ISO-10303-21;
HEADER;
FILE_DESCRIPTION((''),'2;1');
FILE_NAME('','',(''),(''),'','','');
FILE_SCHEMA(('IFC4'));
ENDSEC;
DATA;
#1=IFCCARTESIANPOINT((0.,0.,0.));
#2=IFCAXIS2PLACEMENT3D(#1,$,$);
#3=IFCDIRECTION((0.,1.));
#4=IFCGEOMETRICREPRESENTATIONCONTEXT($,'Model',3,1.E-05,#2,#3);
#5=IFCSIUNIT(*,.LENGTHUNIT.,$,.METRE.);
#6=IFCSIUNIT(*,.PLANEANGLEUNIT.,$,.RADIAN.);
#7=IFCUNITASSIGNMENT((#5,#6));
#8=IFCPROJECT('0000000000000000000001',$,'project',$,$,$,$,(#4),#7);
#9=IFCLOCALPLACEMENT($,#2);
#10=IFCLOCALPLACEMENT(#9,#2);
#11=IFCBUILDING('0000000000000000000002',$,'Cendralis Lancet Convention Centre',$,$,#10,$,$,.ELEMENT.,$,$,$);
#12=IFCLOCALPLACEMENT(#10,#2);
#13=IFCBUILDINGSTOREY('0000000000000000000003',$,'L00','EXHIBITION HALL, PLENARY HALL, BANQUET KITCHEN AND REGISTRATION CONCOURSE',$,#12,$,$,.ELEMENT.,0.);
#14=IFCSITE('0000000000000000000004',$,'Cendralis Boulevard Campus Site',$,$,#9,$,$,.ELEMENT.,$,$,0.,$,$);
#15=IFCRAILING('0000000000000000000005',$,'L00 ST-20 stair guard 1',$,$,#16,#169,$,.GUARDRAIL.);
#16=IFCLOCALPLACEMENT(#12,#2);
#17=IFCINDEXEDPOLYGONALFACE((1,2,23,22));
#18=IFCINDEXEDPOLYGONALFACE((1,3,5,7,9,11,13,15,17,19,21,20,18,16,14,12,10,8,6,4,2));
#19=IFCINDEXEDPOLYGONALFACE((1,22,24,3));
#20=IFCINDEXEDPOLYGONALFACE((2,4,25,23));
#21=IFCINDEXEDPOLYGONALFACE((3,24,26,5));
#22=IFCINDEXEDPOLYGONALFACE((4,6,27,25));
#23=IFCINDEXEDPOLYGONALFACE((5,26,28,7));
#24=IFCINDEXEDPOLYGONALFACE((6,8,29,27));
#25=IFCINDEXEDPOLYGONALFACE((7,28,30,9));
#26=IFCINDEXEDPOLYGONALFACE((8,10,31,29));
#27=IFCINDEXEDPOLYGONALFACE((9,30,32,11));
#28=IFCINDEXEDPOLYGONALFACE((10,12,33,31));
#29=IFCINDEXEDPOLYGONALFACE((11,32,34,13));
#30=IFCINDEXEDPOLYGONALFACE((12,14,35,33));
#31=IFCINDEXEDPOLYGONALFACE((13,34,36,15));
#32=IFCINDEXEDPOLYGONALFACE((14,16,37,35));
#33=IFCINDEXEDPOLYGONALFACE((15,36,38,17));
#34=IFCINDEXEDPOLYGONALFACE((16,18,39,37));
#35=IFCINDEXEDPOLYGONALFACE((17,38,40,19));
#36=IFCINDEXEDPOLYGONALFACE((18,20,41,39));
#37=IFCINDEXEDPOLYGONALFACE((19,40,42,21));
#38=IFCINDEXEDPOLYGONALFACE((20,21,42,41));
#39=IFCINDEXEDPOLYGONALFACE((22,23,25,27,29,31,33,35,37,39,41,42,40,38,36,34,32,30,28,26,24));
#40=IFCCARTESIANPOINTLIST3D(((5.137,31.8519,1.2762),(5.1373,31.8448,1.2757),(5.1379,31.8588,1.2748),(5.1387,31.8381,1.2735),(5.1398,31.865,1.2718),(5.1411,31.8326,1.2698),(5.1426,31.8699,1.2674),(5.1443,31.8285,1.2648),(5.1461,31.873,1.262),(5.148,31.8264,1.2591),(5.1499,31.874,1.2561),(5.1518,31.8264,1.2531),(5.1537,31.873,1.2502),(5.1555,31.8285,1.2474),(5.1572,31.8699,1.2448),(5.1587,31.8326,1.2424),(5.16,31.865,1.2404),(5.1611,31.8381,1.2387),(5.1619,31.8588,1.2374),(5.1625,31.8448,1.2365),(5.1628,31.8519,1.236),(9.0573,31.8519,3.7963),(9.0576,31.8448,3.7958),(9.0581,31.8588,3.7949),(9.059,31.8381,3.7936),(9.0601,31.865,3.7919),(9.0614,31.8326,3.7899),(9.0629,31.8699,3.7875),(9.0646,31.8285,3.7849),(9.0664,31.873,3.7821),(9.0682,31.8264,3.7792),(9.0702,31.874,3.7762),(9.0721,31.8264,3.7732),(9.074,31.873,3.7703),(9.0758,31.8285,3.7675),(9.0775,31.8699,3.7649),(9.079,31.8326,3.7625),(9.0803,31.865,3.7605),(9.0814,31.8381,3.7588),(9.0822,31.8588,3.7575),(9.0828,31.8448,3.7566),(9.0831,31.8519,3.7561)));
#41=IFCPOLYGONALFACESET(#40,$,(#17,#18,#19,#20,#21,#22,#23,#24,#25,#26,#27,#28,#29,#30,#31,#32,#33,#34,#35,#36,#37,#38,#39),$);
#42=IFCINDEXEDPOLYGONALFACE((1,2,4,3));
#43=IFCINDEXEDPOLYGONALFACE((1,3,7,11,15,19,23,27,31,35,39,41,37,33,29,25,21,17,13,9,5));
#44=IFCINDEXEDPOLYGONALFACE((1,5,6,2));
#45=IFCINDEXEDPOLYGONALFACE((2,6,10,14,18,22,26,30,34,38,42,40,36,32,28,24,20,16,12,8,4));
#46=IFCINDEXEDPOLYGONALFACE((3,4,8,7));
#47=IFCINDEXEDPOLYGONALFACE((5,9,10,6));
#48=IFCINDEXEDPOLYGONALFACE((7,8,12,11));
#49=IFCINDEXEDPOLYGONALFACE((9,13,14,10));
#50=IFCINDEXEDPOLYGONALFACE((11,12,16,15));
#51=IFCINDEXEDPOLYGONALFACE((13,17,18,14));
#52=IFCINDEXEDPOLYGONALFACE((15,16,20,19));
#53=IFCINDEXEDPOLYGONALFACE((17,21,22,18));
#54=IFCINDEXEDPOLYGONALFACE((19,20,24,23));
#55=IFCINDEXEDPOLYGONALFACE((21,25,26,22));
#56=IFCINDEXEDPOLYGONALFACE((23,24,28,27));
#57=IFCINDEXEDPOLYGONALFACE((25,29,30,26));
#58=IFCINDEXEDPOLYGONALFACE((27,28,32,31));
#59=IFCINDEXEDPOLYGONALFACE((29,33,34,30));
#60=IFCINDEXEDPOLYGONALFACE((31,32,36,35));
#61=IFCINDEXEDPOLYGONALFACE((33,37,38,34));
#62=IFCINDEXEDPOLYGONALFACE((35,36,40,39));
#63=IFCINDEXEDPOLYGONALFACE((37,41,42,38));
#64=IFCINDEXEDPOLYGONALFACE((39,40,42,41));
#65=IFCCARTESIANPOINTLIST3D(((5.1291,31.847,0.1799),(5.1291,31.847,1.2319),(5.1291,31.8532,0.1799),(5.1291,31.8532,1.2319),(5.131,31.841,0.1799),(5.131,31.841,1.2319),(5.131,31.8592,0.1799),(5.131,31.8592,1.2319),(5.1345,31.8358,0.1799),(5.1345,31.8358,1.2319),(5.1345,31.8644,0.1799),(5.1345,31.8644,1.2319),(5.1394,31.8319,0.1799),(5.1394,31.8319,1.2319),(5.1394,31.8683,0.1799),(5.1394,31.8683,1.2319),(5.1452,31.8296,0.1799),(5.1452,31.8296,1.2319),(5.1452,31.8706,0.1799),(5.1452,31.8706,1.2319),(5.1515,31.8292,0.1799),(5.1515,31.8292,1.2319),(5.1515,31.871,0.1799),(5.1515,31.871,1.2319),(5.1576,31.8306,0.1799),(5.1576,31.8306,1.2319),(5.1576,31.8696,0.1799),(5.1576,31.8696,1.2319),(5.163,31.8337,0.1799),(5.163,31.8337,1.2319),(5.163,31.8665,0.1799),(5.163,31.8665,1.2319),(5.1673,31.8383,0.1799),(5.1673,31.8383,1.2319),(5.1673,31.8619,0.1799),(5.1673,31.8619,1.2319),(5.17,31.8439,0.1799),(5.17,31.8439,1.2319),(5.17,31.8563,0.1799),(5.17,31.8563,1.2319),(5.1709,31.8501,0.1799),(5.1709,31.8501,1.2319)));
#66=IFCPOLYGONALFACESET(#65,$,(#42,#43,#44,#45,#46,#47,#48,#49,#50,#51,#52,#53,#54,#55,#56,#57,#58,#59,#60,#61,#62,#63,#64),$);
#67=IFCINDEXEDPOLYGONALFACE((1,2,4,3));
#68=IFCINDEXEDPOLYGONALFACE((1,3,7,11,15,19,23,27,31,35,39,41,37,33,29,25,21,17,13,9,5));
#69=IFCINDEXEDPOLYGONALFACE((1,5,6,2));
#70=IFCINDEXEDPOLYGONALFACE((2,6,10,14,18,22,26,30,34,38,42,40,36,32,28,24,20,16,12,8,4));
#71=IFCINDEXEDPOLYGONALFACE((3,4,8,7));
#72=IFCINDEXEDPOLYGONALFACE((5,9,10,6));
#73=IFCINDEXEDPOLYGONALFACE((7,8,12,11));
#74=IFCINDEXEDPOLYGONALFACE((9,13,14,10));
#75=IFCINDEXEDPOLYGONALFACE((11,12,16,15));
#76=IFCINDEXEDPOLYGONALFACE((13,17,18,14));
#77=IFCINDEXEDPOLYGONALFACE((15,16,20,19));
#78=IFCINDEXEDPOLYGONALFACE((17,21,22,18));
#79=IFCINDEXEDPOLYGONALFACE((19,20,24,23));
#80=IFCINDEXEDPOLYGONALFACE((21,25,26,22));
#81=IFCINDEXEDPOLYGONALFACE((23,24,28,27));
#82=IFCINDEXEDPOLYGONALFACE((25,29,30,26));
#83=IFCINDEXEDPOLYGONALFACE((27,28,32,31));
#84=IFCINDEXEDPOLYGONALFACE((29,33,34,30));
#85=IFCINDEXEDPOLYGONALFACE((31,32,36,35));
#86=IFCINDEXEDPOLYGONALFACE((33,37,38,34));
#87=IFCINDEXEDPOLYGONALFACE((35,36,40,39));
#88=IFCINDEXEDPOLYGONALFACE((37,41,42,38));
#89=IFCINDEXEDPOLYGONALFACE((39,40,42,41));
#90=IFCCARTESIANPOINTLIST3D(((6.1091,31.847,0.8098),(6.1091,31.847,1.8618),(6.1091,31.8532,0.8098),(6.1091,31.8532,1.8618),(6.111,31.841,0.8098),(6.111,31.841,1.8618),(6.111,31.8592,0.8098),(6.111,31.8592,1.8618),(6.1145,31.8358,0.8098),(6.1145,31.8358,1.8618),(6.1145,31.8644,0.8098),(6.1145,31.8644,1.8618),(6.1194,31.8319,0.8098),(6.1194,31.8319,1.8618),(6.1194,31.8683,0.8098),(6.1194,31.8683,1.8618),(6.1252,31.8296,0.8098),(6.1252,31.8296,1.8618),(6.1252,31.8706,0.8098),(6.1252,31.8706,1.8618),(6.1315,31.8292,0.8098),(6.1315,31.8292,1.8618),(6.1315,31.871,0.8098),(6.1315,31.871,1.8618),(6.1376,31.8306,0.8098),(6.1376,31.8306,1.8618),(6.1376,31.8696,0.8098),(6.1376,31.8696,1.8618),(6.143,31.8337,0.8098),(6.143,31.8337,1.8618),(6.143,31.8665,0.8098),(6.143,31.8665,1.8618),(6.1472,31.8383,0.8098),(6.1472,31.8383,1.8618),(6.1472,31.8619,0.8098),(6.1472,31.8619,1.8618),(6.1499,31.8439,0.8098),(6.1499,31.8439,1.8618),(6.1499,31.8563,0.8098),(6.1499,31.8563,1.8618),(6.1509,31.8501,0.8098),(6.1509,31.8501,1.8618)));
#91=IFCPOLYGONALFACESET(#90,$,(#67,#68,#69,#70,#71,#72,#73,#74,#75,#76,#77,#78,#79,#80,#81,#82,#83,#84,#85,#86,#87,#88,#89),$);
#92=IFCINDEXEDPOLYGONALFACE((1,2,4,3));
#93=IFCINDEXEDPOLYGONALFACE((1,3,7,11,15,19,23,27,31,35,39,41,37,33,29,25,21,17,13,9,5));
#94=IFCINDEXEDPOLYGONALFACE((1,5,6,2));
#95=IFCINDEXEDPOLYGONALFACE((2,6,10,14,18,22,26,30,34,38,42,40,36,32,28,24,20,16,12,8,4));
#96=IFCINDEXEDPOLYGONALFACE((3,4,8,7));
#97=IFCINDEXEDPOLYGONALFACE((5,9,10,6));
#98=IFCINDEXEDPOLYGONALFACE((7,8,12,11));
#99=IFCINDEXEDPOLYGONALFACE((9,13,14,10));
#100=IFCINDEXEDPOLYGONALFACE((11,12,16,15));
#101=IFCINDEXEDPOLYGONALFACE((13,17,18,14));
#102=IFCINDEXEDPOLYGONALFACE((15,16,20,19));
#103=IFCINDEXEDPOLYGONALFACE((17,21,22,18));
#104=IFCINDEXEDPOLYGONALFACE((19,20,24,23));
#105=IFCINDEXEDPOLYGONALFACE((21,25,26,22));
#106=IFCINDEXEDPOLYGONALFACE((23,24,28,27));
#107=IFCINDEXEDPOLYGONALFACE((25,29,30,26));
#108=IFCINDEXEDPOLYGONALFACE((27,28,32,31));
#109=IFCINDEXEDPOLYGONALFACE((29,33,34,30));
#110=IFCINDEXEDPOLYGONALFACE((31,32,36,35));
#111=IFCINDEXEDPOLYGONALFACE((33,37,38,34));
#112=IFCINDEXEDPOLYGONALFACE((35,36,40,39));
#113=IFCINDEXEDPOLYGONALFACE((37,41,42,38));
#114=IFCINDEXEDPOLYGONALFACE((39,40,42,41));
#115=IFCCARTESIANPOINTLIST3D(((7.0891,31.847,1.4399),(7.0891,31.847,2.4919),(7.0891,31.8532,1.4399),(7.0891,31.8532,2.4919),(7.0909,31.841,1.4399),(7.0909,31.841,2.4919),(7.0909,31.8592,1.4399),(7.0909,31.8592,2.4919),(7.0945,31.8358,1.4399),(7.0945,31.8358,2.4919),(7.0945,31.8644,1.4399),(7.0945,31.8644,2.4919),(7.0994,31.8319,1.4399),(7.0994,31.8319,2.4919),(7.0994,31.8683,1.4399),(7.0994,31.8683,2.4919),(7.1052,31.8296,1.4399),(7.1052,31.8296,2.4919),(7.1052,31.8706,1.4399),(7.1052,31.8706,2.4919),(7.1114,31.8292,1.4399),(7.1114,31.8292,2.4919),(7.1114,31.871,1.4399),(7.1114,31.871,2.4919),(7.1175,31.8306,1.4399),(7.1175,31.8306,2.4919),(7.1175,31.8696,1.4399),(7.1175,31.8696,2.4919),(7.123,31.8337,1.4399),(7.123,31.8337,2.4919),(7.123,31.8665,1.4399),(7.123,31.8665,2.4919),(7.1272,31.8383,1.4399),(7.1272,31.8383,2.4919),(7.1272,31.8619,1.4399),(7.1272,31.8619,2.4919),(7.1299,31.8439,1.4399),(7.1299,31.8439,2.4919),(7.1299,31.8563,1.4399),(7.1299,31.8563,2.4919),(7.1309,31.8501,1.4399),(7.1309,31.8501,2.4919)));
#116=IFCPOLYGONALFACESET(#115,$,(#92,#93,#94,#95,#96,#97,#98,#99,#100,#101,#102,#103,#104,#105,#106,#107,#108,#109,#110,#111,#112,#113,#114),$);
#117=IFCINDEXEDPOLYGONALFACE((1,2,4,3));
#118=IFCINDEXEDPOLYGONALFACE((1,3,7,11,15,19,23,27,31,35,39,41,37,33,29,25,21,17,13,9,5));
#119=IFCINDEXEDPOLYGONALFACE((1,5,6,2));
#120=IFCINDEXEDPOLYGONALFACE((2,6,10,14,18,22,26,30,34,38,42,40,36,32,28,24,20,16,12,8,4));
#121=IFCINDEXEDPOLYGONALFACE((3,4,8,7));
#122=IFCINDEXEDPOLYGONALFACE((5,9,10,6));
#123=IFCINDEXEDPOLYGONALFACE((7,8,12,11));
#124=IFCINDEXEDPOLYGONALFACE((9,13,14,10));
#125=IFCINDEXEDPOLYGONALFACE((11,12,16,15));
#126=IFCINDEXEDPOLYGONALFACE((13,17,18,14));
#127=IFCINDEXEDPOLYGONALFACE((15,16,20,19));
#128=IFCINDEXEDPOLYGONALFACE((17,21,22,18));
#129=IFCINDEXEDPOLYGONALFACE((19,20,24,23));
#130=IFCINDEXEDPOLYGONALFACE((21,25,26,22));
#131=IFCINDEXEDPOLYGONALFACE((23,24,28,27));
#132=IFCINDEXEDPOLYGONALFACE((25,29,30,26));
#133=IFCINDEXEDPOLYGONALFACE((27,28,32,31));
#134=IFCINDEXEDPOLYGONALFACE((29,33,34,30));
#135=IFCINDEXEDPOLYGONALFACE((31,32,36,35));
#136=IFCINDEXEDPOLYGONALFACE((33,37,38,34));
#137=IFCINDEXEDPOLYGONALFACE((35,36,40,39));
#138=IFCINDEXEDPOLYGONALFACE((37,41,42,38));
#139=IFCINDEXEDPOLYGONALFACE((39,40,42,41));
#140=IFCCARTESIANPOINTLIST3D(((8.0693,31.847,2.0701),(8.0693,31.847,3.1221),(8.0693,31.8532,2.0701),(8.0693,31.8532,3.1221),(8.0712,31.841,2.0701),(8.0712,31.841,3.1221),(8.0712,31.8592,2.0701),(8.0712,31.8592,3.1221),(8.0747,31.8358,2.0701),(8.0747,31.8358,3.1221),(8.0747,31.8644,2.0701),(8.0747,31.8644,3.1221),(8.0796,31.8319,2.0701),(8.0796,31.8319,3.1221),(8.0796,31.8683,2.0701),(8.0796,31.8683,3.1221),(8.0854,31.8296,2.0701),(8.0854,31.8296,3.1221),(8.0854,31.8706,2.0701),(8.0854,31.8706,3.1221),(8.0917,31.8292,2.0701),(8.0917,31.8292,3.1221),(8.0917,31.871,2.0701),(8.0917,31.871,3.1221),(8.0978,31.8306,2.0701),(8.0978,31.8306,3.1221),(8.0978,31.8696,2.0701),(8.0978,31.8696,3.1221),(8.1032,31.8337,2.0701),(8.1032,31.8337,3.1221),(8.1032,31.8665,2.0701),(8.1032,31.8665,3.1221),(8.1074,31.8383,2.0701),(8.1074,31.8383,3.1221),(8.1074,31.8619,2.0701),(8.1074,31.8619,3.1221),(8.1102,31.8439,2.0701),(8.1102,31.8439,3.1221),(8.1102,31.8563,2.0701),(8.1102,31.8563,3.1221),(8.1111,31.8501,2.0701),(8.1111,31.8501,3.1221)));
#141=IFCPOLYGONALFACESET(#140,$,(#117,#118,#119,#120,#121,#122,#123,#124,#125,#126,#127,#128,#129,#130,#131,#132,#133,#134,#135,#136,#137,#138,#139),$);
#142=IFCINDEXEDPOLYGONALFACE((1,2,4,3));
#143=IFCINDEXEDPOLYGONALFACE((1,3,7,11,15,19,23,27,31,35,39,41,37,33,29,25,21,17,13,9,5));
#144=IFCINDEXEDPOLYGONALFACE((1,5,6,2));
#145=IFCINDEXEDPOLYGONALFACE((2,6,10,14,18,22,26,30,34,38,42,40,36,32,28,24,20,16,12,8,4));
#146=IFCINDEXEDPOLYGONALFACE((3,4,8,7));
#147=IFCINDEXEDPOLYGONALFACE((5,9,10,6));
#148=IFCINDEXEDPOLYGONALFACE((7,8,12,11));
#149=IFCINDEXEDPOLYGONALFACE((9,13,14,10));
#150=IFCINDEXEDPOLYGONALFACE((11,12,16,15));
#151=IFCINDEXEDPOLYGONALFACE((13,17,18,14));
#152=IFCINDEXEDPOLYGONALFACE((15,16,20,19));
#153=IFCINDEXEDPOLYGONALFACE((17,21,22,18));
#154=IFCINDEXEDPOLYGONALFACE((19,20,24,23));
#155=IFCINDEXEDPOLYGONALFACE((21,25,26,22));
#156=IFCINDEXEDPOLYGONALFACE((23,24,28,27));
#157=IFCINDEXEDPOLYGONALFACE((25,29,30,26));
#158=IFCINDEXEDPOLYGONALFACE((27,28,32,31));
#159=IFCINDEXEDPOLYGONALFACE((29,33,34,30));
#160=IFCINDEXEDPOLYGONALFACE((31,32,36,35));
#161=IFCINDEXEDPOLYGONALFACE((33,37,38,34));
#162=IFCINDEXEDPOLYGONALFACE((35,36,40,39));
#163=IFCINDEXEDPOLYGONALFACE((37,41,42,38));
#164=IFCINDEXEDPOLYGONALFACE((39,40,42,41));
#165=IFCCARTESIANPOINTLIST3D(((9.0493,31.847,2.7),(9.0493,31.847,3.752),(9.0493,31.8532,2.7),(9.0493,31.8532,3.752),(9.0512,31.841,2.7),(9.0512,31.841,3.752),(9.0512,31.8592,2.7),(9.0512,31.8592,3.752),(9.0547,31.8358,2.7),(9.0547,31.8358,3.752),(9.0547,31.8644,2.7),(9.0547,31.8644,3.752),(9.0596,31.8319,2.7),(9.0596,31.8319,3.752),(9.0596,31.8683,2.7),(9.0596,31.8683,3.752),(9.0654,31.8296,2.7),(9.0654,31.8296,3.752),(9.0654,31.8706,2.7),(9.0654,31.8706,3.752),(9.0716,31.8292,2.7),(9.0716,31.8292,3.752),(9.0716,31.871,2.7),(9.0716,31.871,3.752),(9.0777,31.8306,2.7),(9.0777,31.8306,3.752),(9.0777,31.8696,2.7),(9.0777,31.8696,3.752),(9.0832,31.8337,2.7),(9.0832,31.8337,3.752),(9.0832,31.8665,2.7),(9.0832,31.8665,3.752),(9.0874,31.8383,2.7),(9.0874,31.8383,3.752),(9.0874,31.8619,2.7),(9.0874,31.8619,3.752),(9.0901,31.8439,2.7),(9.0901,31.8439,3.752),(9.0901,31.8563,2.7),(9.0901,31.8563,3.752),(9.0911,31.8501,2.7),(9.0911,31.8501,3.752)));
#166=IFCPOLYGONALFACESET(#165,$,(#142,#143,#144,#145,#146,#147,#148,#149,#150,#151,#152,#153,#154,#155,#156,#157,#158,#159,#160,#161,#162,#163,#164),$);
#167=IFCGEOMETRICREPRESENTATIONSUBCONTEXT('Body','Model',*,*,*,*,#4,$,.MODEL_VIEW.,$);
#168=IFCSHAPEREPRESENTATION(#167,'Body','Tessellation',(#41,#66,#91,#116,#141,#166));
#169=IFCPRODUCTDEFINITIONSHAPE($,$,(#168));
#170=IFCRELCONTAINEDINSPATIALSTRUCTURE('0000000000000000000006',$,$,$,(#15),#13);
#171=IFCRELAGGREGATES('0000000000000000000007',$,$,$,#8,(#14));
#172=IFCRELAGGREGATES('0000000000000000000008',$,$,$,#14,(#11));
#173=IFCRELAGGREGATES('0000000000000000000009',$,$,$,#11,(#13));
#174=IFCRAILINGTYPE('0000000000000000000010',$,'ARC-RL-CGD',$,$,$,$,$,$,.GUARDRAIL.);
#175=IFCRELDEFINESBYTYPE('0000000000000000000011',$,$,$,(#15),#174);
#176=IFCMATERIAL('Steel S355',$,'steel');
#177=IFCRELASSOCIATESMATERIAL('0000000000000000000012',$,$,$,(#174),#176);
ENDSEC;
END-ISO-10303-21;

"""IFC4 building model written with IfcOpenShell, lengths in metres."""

from ifc_helpers import new_model, si_unit, direction, frame, origin, origin_2d, place, context, subcontext, project, spatial, circle, extrude, material, type_object, element, save


model = new_model("IFC4")

# Units and contexts
model_context = context("Model", 3, precision=1e-05, world=origin(), true_north=direction((0.0, 1.0)))
body_context = subcontext(model_context, "Body", "Model", "MODEL_VIEW")
ifc_project = project(units=[si_unit("LENGTHUNIT", "METRE"), si_unit("PLANEANGLEUNIT", "RADIAN")], contexts=[model_context])

# Site, building, storey
site_placement = place(None, origin())
site = spatial("IfcSite", under=ifc_project, at=site_placement, Name="Cendralis Boulevard Campus Site", CompositionType="ELEMENT", RefElevation=0.0)
building_placement = place(site_placement, origin())
building = spatial("IfcBuilding", under=site, at=building_placement, Name="Cendralis Lancet Convention Centre", CompositionType="ELEMENT")
storey_placement = place(building_placement, origin())
storey = spatial("IfcBuildingStorey", under=building, at=storey_placement, Name="L00", Description="EXHIBITION HALL, PLENARY HALL, BANQUET KITCHEN AND REGISTRATION CONCOURSE", CompositionType="ELEMENT", Elevation=0.0)

# Shared definitions
ifc_material_1 = material(Name="Steel S355", Category="steel")

# Railing
railing_type_1 = type_object("IfcRailingType", Name="ARC-RL-CGD", PredefinedType="GUARDRAIL", material=ifc_material_1)
railing_1_placement = place(storey_placement, frame((5.1499, 31.8501, 0.1799)))
element("IfcRailing", 1, at=railing_1_placement, inside=storey, type_object=railing_type_1, Name="L00 ST-20 stair guard 1", PredefinedType="GUARDRAIL", context=body_context, shape_type="SweptSolid", body=[
    extrude(circle(Radius=0.0239, at=origin_2d()), frame((0.0, 0.0, 1.0762), z_axis=(0.841187, 0.0, 0.540744), x_axis=(0.0, 1.0, 0.0)), (0.0, 0.0, 1.0), 4.6604),
    extrude(circle(Radius=0.021, at=origin_2d()), origin(), (0.0, 0.0, 1.0), 1.052),
    extrude(circle(Radius=0.021, at=origin_2d()), frame((0.98, 0.0, 0.6299)), (0.0, 0.0, 1.0), 1.052),
    extrude(circle(Radius=0.021, at=origin_2d()), frame((1.96, 0.0, 1.26)), (0.0, 0.0, 1.0), 1.052),
    extrude(circle(Radius=0.021, at=origin_2d()), frame((2.9402, 0.0, 1.8901)), (0.0, 0.0, 1.0), 1.052),
    extrude(circle(Radius=0.021, at=origin_2d()), frame((3.9202, 0.0, 2.52)), (0.0, 0.0, 1.0), 1.052),
])

save(model, "model.ifc")
